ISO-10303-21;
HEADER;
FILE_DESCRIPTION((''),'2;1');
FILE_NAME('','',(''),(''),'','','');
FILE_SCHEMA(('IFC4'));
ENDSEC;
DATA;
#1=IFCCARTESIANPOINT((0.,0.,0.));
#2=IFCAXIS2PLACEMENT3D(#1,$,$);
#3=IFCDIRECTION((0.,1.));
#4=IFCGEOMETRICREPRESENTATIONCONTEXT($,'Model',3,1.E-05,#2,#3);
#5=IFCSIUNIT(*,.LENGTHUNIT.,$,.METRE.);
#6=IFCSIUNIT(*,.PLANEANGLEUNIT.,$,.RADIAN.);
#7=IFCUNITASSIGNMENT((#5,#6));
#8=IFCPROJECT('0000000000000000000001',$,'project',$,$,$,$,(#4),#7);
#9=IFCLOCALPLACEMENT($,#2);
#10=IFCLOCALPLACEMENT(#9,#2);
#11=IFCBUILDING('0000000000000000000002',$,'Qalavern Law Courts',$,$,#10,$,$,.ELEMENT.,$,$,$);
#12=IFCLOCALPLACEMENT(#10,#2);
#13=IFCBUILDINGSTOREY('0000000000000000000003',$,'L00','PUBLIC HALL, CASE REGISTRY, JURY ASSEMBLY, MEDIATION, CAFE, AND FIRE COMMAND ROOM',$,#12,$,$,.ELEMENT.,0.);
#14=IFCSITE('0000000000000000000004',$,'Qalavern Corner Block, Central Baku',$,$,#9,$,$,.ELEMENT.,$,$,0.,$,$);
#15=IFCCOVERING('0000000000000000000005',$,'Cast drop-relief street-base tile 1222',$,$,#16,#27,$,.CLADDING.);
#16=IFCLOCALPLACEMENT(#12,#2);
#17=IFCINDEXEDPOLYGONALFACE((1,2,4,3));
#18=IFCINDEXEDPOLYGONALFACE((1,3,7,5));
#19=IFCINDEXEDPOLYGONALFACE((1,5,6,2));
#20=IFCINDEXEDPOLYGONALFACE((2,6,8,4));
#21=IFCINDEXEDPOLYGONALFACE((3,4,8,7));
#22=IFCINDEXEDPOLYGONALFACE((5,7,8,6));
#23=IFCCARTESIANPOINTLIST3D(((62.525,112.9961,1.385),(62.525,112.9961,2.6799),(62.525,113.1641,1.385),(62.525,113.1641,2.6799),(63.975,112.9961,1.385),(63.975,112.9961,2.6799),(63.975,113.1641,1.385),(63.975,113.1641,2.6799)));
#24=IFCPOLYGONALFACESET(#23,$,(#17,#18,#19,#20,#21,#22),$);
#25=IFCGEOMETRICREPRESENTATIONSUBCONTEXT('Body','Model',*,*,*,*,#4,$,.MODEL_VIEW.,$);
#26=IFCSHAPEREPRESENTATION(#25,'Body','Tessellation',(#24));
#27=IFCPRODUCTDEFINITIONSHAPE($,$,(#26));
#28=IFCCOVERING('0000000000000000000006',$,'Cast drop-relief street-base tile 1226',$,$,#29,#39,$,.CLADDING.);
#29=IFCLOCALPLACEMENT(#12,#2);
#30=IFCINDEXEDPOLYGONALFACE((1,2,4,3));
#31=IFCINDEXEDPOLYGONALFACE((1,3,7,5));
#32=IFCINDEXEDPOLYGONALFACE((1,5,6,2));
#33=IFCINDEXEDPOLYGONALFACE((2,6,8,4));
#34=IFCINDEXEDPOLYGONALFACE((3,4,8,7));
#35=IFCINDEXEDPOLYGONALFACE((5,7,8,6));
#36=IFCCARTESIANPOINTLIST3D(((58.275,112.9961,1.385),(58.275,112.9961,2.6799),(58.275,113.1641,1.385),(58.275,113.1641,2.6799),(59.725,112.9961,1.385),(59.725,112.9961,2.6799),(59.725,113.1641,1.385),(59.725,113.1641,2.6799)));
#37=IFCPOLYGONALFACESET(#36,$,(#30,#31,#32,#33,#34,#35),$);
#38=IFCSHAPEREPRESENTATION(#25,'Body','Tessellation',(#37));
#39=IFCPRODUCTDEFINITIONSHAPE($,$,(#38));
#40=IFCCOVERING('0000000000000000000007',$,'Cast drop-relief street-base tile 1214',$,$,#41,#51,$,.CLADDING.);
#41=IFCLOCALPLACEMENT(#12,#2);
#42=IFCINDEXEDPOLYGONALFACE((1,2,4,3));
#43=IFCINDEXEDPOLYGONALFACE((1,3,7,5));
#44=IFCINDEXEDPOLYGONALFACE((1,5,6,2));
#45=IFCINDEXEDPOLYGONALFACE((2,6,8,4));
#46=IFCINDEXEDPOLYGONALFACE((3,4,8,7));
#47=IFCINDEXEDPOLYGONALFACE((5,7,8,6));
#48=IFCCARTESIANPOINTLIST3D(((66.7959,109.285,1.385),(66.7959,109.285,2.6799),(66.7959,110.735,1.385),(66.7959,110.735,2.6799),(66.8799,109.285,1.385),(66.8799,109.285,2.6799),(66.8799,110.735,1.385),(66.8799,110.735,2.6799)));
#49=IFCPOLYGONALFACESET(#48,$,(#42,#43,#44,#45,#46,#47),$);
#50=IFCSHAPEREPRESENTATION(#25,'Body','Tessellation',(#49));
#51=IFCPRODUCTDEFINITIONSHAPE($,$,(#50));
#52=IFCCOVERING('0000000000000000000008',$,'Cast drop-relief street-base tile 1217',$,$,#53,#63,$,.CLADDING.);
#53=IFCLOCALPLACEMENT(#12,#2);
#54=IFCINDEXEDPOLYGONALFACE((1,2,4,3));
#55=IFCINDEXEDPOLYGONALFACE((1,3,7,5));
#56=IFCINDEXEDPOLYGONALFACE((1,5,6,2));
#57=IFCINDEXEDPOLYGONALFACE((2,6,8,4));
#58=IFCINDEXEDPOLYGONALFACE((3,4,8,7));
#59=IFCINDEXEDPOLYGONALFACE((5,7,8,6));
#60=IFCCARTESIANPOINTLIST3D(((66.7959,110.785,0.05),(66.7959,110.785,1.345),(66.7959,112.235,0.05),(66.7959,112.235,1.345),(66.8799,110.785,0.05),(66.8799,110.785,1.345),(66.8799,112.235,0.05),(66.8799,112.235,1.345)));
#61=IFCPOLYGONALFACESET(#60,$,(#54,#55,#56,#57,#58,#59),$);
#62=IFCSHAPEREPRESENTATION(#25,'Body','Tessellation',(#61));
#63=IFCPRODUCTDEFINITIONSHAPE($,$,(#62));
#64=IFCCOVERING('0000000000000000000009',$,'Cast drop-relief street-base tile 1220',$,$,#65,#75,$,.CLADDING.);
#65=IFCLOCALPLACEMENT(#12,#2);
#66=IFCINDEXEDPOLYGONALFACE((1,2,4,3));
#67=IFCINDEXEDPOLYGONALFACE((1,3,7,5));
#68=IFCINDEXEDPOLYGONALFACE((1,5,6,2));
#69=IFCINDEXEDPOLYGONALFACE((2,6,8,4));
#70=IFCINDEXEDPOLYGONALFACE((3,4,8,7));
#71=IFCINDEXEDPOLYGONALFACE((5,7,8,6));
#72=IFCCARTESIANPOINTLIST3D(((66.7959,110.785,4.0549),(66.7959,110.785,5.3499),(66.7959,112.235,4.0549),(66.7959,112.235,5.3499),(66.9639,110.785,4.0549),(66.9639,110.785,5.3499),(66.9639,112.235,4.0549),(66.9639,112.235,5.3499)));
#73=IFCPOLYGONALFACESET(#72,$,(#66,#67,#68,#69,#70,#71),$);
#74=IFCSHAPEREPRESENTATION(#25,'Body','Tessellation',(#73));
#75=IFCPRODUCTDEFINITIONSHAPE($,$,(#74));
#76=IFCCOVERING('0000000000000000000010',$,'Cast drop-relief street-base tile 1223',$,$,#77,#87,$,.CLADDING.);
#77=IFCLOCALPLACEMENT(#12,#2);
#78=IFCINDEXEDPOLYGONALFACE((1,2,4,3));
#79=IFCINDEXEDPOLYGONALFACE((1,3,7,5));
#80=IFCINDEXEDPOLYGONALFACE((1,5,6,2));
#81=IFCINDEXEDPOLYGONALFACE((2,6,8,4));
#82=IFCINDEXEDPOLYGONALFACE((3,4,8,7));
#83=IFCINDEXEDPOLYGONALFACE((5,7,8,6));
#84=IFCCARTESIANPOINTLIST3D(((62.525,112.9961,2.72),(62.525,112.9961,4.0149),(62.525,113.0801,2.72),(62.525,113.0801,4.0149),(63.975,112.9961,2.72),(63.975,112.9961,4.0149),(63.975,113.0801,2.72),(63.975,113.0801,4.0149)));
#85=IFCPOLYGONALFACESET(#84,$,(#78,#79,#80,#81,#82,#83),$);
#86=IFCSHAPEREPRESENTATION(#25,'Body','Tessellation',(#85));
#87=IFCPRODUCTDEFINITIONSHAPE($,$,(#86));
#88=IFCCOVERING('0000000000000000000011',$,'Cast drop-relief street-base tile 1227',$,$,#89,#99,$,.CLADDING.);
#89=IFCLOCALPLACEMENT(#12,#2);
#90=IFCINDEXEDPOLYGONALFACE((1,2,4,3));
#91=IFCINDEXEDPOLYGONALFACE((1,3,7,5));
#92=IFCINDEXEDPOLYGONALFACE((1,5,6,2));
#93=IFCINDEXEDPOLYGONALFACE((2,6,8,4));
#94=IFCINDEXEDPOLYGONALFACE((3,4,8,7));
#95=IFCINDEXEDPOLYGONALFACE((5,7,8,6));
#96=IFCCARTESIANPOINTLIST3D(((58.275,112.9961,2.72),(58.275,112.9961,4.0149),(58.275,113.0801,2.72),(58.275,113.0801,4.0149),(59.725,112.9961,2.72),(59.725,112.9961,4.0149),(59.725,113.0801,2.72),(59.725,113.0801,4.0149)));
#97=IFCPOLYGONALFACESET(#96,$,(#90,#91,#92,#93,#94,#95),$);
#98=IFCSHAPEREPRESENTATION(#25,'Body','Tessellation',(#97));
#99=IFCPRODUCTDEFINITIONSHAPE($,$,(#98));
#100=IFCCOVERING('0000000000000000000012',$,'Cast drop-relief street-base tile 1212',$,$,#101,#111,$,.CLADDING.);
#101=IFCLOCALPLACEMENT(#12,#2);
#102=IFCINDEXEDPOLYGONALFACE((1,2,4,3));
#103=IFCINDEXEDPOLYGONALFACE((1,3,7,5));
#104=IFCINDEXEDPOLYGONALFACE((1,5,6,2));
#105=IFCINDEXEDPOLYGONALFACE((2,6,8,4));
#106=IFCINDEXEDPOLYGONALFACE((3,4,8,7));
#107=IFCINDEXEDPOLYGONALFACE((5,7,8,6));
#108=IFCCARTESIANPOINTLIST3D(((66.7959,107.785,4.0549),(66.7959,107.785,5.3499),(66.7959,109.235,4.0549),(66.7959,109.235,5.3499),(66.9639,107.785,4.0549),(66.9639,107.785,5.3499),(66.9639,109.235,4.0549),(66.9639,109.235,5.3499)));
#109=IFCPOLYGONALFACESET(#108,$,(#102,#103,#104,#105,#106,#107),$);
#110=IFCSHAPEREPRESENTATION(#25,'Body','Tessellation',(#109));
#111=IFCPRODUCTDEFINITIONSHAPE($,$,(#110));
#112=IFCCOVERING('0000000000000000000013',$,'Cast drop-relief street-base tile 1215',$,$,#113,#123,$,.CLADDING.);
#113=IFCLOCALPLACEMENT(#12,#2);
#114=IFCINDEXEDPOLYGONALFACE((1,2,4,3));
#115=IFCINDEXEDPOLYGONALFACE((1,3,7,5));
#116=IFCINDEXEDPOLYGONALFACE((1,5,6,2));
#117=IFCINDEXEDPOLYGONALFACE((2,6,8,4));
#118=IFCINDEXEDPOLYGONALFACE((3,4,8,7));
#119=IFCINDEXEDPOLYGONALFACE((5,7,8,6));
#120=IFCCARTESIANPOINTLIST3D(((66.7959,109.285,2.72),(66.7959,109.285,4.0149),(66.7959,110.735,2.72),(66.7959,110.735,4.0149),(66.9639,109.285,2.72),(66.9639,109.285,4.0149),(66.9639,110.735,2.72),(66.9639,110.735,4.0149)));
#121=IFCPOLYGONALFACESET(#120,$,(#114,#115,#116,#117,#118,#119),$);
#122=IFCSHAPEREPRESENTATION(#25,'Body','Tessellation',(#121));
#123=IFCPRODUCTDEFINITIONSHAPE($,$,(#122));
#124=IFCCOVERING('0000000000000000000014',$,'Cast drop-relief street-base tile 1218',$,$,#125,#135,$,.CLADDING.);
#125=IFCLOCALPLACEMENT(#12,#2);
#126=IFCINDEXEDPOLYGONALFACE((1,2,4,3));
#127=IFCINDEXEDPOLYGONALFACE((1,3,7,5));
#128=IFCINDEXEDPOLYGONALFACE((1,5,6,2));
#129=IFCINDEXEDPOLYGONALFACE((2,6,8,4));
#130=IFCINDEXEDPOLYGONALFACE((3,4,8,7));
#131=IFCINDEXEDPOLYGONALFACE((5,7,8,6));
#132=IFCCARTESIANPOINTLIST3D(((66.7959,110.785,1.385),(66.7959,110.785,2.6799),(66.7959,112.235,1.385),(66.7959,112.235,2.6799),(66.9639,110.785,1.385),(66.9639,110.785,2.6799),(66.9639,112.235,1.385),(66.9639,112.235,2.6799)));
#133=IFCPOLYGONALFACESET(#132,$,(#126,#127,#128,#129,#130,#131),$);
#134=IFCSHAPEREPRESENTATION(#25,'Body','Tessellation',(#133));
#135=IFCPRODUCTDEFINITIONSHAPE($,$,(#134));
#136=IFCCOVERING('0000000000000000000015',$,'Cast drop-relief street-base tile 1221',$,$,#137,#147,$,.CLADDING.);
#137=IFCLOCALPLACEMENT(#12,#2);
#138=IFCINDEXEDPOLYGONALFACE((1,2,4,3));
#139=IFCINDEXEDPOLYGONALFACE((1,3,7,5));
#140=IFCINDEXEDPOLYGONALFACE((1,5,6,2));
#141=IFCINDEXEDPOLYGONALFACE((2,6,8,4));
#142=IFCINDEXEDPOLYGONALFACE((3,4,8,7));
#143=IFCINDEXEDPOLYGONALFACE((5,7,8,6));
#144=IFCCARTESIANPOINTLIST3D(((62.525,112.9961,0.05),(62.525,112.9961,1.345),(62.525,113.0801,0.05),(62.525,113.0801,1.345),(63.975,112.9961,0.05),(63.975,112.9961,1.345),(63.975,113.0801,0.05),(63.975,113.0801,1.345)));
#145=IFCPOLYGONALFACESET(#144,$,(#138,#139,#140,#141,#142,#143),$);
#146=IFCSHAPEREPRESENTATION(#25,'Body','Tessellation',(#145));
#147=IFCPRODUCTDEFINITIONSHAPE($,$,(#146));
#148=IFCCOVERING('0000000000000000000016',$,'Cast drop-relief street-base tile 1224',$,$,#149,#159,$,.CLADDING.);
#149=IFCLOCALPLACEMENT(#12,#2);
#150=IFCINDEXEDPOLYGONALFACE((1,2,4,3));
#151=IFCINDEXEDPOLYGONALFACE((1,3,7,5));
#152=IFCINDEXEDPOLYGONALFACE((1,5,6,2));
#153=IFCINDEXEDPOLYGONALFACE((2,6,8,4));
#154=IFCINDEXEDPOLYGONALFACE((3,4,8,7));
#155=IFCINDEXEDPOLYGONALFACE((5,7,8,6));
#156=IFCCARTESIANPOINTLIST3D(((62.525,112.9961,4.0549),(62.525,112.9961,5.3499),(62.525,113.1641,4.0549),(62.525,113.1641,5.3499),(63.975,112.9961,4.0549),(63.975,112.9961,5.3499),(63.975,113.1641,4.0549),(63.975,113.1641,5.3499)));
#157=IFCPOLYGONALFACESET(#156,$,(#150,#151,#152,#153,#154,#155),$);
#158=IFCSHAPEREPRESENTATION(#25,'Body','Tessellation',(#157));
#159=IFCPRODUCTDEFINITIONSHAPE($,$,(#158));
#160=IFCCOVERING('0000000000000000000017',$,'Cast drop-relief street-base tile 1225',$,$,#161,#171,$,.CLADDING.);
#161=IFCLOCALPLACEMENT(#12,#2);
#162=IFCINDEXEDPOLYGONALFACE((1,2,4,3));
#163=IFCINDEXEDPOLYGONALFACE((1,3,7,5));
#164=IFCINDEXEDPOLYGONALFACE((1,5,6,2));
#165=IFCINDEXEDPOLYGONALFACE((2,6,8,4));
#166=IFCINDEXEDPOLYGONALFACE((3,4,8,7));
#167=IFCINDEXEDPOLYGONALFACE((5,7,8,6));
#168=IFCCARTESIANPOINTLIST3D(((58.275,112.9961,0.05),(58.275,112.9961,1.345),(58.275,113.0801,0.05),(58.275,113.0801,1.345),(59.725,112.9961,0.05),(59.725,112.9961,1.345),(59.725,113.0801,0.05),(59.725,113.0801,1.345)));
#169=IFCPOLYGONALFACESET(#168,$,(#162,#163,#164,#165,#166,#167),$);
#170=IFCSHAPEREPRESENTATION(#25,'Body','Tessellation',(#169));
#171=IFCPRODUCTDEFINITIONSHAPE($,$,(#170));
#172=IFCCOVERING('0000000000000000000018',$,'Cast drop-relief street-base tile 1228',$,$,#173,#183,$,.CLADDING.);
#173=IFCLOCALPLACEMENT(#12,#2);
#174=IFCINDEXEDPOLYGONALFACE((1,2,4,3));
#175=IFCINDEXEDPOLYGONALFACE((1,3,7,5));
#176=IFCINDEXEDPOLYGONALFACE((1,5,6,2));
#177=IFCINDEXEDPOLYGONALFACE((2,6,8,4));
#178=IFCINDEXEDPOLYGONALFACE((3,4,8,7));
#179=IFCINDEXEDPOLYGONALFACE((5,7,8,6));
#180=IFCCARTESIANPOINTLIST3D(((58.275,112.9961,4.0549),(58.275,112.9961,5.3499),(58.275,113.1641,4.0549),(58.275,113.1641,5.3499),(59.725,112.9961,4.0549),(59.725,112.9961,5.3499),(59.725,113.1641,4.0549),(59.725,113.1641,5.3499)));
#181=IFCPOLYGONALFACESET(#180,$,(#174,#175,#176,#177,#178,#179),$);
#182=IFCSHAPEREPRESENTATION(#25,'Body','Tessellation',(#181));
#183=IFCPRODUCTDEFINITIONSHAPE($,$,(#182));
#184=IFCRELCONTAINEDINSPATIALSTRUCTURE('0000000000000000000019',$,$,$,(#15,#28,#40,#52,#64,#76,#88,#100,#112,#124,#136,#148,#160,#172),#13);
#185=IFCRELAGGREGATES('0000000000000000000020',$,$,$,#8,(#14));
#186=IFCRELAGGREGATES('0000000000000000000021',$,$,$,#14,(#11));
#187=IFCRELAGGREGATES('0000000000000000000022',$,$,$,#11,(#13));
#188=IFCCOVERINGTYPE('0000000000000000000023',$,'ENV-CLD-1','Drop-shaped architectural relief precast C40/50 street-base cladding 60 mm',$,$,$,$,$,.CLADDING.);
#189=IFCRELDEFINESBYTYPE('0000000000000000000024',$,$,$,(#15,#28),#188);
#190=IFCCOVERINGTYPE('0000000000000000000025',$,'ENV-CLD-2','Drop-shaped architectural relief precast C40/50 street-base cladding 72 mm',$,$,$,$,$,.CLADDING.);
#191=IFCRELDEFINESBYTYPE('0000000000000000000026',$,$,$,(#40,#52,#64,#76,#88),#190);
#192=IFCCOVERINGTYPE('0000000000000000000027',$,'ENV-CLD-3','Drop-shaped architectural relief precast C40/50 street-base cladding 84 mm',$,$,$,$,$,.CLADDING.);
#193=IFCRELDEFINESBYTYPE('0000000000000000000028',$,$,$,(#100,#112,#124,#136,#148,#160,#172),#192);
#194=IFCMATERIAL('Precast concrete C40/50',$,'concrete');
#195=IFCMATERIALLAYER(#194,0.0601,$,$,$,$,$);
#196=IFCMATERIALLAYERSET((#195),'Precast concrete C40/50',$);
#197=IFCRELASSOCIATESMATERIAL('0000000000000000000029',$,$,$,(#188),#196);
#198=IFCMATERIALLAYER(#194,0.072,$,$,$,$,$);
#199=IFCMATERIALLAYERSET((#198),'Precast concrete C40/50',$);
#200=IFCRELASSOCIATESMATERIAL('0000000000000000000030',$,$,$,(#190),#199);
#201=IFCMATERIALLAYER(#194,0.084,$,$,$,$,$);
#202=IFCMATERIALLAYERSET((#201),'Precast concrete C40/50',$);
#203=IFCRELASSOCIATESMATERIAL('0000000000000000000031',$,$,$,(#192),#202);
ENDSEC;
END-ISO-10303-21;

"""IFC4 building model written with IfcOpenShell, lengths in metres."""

from ifc_helpers import new_model, si_unit, direction, frame, origin, origin_2d, place, context, subcontext, project, spatial, rectangle, extrude, material, layer, layer_set, type_object, element, save


model = new_model("IFC4")

# Units and contexts
model_context = context("Model", 3, precision=1e-05, world=origin(), true_north=direction((0.0, 1.0)))
body_context = subcontext(model_context, "Body", "Model", "MODEL_VIEW")
ifc_project = project(units=[si_unit("LENGTHUNIT", "METRE"), si_unit("PLANEANGLEUNIT", "RADIAN")], contexts=[model_context])

# Site, building, storey
site_placement = place(None, origin())
site = spatial("IfcSite", under=ifc_project, at=site_placement, Name="Qalavern Corner Block, Central Baku", CompositionType="ELEMENT", RefElevation=0.0)
building_placement = place(site_placement, origin())
building = spatial("IfcBuilding", under=site, at=building_placement, Name="Qalavern Law Courts", CompositionType="ELEMENT")
storey_placement = place(building_placement, origin())
storey = spatial("IfcBuildingStorey", under=building, at=storey_placement, Name="L00", Description="PUBLIC HALL, CASE REGISTRY, JURY ASSEMBLY, MEDIATION, CAFE, AND FIRE COMMAND ROOM", CompositionType="ELEMENT", Elevation=0.0)

# Coverings
ifc_material_1 = material(Name="Precast concrete C40/50", Category="concrete")
ifc_layer_1 = layer(ifc_material_1, 0.0601)
ifc_layer_set_1 = layer_set([ifc_layer_1], Name="Precast concrete C40/50")
covering_type_1 = type_object("IfcCoveringType", Name="ENV-CLD-1", Description="Drop-shaped architectural relief precast C40/50 street-base cladding 60 mm", PredefinedType="CLADDING", material=ifc_layer_set_1)
for number, where, z_axis, x_axis, name in (
    (1, (63.25, 113.0801, 1.385), (0.0, 0.0, 1.0), (-1.0, 0.0, 0.0), "Cast drop-relief street-base tile 1222"),
    (2, (59.0, 113.0801, 1.385), (0.0, 0.0, 1.0), (-1.0, 0.0, 0.0), "Cast drop-relief street-base tile 1226"),
):
    element("IfcCovering", number, at=place(storey_placement, frame(where, z_axis=z_axis, x_axis=x_axis)), inside=storey, type_object=covering_type_1, Name=name, PredefinedType="CLADDING", context=body_context, shape_type="SweptSolid", body=[
        extrude(rectangle(XDim=1.45, YDim=0.168, at=origin_2d()), origin(), (0.0, 0.0, 1.0), 1.2949),
    ])
ifc_layer_2 = layer(ifc_material_1, 0.072)
ifc_layer_set_2 = layer_set([ifc_layer_2], Name="Precast concrete C40/50")
covering_type_2 = type_object("IfcCoveringType", Name="ENV-CLD-2", Description="Drop-shaped architectural relief precast C40/50 street-base cladding 72 mm", PredefinedType="CLADDING", material=ifc_layer_set_2)
for number, where, z_axis, x_axis, name in (
    (3, (66.8379, 110.01, 1.385), (0.0, 0.0, 1.0), (0.0, 1.0, 0.0), "Cast drop-relief street-base tile 1214"),
    (4, (66.8379, 111.51, 0.05), (0.0, 0.0, 1.0), (0.0, 1.0, 0.0), "Cast drop-relief street-base tile 1217"),
):
    element("IfcCovering", number, at=place(storey_placement, frame(where, z_axis=z_axis, x_axis=x_axis)), inside=storey, type_object=covering_type_2, Name=name, PredefinedType="CLADDING", context=body_context, shape_type="SweptSolid", body=[
        extrude(rectangle(XDim=1.45, YDim=0.084, at=origin_2d()), origin(), (0.0, 0.0, 1.0), 1.2949),
    ])
covering_1_placement = place(storey_placement, frame((66.8799, 111.51, 4.0549), z_axis=(0.0, 0.0, 1.0), x_axis=(0.0, 1.0, 0.0)))
element("IfcCovering", 5, at=covering_1_placement, inside=storey, type_object=covering_type_2, Name="Cast drop-relief street-base tile 1220", PredefinedType="CLADDING", context=body_context, shape_type="SweptSolid", body=[
    extrude(rectangle(XDim=1.45, YDim=0.168, at=origin_2d()), origin(), (0.0, 0.0, 1.0), 1.2949),
])
for number, where, z_axis, x_axis, name in (
    (6, (63.25, 113.0381, 2.72), (0.0, 0.0, 1.0), (-1.0, 0.0, 0.0), "Cast drop-relief street-base tile 1223"),
    (7, (59.0, 113.0381, 2.72), (0.0, 0.0, 1.0), (-1.0, 0.0, 0.0), "Cast drop-relief street-base tile 1227"),
):
    element("IfcCovering", number, at=place(storey_placement, frame(where, z_axis=z_axis, x_axis=x_axis)), inside=storey, type_object=covering_type_2, Name=name, PredefinedType="CLADDING", context=body_context, shape_type="SweptSolid", body=[
        extrude(rectangle(XDim=1.45, YDim=0.084, at=origin_2d()), origin(), (0.0, 0.0, 1.0), 1.2949),
    ])
ifc_layer_3 = layer(ifc_material_1, 0.084)
ifc_layer_set_3 = layer_set([ifc_layer_3], Name="Precast concrete C40/50")
covering_type_3 = type_object("IfcCoveringType", Name="ENV-CLD-3", Description="Drop-shaped architectural relief precast C40/50 street-base cladding 84 mm", PredefinedType="CLADDING", material=ifc_layer_set_3)
for number, where, z_axis, x_axis, name in (
    (8, (66.8799, 108.51, 4.0549), (0.0, 0.0, 1.0), (0.0, 1.0, 0.0), "Cast drop-relief street-base tile 1212"),
    (9, (66.8799, 110.01, 2.72), (0.0, 0.0, 1.0), (0.0, 1.0, 0.0), "Cast drop-relief street-base tile 1215"),
    (10, (66.8799, 111.51, 1.385), (0.0, 0.0, 1.0), (0.0, 1.0, 0.0), "Cast drop-relief street-base tile 1218"),
):
    element("IfcCovering", number, at=place(storey_placement, frame(where, z_axis=z_axis, x_axis=x_axis)), inside=storey, type_object=covering_type_3, Name=name, PredefinedType="CLADDING", context=body_context, shape_type="SweptSolid", body=[
        extrude(rectangle(XDim=1.45, YDim=0.168, at=origin_2d()), origin(), (0.0, 0.0, 1.0), 1.2949),
    ])
covering_2_placement = place(storey_placement, frame((63.25, 113.0381, 0.05), z_axis=(0.0, 0.0, 1.0), x_axis=(-1.0, 0.0, 0.0)))
element("IfcCovering", 11, at=covering_2_placement, inside=storey, type_object=covering_type_3, Name="Cast drop-relief street-base tile 1221", PredefinedType="CLADDING", context=body_context, shape_type="SweptSolid", body=[
    extrude(rectangle(XDim=1.45, YDim=0.084, at=origin_2d()), origin(), (0.0, 0.0, 1.0), 1.2949),
])
covering_3_placement = place(storey_placement, frame((63.25, 113.0801, 4.0549), z_axis=(0.0, 0.0, 1.0), x_axis=(-1.0, 0.0, 0.0)))
element("IfcCovering", 12, at=covering_3_placement, inside=storey, type_object=covering_type_3, Name="Cast drop-relief street-base tile 1224", PredefinedType="CLADDING", context=body_context, shape_type="SweptSolid", body=[
    extrude(rectangle(XDim=1.45, YDim=0.168, at=origin_2d()), origin(), (0.0, 0.0, 1.0), 1.2949),
])
covering_4_placement = place(storey_placement, frame((59.0, 113.0381, 0.05), z_axis=(0.0, 0.0, 1.0), x_axis=(-1.0, 0.0, 0.0)))
element("IfcCovering", 13, at=covering_4_placement, inside=storey, type_object=covering_type_3, Name="Cast drop-relief street-base tile 1225", PredefinedType="CLADDING", context=body_context, shape_type="SweptSolid", body=[
    extrude(rectangle(XDim=1.45, YDim=0.084, at=origin_2d()), origin(), (0.0, 0.0, 1.0), 1.2949),
])
covering_5_placement = place(storey_placement, frame((59.0, 113.0801, 4.0549), z_axis=(0.0, 0.0, 1.0), x_axis=(-1.0, 0.0, 0.0)))
element("IfcCovering", 14, at=covering_5_placement, inside=storey, type_object=covering_type_3, Name="Cast drop-relief street-base tile 1228", PredefinedType="CLADDING", context=body_context, shape_type="SweptSolid", body=[
    extrude(rectangle(XDim=1.45, YDim=0.168, at=origin_2d()), origin(), (0.0, 0.0, 1.0), 1.2949),
])

save(model, "model.ifc")
